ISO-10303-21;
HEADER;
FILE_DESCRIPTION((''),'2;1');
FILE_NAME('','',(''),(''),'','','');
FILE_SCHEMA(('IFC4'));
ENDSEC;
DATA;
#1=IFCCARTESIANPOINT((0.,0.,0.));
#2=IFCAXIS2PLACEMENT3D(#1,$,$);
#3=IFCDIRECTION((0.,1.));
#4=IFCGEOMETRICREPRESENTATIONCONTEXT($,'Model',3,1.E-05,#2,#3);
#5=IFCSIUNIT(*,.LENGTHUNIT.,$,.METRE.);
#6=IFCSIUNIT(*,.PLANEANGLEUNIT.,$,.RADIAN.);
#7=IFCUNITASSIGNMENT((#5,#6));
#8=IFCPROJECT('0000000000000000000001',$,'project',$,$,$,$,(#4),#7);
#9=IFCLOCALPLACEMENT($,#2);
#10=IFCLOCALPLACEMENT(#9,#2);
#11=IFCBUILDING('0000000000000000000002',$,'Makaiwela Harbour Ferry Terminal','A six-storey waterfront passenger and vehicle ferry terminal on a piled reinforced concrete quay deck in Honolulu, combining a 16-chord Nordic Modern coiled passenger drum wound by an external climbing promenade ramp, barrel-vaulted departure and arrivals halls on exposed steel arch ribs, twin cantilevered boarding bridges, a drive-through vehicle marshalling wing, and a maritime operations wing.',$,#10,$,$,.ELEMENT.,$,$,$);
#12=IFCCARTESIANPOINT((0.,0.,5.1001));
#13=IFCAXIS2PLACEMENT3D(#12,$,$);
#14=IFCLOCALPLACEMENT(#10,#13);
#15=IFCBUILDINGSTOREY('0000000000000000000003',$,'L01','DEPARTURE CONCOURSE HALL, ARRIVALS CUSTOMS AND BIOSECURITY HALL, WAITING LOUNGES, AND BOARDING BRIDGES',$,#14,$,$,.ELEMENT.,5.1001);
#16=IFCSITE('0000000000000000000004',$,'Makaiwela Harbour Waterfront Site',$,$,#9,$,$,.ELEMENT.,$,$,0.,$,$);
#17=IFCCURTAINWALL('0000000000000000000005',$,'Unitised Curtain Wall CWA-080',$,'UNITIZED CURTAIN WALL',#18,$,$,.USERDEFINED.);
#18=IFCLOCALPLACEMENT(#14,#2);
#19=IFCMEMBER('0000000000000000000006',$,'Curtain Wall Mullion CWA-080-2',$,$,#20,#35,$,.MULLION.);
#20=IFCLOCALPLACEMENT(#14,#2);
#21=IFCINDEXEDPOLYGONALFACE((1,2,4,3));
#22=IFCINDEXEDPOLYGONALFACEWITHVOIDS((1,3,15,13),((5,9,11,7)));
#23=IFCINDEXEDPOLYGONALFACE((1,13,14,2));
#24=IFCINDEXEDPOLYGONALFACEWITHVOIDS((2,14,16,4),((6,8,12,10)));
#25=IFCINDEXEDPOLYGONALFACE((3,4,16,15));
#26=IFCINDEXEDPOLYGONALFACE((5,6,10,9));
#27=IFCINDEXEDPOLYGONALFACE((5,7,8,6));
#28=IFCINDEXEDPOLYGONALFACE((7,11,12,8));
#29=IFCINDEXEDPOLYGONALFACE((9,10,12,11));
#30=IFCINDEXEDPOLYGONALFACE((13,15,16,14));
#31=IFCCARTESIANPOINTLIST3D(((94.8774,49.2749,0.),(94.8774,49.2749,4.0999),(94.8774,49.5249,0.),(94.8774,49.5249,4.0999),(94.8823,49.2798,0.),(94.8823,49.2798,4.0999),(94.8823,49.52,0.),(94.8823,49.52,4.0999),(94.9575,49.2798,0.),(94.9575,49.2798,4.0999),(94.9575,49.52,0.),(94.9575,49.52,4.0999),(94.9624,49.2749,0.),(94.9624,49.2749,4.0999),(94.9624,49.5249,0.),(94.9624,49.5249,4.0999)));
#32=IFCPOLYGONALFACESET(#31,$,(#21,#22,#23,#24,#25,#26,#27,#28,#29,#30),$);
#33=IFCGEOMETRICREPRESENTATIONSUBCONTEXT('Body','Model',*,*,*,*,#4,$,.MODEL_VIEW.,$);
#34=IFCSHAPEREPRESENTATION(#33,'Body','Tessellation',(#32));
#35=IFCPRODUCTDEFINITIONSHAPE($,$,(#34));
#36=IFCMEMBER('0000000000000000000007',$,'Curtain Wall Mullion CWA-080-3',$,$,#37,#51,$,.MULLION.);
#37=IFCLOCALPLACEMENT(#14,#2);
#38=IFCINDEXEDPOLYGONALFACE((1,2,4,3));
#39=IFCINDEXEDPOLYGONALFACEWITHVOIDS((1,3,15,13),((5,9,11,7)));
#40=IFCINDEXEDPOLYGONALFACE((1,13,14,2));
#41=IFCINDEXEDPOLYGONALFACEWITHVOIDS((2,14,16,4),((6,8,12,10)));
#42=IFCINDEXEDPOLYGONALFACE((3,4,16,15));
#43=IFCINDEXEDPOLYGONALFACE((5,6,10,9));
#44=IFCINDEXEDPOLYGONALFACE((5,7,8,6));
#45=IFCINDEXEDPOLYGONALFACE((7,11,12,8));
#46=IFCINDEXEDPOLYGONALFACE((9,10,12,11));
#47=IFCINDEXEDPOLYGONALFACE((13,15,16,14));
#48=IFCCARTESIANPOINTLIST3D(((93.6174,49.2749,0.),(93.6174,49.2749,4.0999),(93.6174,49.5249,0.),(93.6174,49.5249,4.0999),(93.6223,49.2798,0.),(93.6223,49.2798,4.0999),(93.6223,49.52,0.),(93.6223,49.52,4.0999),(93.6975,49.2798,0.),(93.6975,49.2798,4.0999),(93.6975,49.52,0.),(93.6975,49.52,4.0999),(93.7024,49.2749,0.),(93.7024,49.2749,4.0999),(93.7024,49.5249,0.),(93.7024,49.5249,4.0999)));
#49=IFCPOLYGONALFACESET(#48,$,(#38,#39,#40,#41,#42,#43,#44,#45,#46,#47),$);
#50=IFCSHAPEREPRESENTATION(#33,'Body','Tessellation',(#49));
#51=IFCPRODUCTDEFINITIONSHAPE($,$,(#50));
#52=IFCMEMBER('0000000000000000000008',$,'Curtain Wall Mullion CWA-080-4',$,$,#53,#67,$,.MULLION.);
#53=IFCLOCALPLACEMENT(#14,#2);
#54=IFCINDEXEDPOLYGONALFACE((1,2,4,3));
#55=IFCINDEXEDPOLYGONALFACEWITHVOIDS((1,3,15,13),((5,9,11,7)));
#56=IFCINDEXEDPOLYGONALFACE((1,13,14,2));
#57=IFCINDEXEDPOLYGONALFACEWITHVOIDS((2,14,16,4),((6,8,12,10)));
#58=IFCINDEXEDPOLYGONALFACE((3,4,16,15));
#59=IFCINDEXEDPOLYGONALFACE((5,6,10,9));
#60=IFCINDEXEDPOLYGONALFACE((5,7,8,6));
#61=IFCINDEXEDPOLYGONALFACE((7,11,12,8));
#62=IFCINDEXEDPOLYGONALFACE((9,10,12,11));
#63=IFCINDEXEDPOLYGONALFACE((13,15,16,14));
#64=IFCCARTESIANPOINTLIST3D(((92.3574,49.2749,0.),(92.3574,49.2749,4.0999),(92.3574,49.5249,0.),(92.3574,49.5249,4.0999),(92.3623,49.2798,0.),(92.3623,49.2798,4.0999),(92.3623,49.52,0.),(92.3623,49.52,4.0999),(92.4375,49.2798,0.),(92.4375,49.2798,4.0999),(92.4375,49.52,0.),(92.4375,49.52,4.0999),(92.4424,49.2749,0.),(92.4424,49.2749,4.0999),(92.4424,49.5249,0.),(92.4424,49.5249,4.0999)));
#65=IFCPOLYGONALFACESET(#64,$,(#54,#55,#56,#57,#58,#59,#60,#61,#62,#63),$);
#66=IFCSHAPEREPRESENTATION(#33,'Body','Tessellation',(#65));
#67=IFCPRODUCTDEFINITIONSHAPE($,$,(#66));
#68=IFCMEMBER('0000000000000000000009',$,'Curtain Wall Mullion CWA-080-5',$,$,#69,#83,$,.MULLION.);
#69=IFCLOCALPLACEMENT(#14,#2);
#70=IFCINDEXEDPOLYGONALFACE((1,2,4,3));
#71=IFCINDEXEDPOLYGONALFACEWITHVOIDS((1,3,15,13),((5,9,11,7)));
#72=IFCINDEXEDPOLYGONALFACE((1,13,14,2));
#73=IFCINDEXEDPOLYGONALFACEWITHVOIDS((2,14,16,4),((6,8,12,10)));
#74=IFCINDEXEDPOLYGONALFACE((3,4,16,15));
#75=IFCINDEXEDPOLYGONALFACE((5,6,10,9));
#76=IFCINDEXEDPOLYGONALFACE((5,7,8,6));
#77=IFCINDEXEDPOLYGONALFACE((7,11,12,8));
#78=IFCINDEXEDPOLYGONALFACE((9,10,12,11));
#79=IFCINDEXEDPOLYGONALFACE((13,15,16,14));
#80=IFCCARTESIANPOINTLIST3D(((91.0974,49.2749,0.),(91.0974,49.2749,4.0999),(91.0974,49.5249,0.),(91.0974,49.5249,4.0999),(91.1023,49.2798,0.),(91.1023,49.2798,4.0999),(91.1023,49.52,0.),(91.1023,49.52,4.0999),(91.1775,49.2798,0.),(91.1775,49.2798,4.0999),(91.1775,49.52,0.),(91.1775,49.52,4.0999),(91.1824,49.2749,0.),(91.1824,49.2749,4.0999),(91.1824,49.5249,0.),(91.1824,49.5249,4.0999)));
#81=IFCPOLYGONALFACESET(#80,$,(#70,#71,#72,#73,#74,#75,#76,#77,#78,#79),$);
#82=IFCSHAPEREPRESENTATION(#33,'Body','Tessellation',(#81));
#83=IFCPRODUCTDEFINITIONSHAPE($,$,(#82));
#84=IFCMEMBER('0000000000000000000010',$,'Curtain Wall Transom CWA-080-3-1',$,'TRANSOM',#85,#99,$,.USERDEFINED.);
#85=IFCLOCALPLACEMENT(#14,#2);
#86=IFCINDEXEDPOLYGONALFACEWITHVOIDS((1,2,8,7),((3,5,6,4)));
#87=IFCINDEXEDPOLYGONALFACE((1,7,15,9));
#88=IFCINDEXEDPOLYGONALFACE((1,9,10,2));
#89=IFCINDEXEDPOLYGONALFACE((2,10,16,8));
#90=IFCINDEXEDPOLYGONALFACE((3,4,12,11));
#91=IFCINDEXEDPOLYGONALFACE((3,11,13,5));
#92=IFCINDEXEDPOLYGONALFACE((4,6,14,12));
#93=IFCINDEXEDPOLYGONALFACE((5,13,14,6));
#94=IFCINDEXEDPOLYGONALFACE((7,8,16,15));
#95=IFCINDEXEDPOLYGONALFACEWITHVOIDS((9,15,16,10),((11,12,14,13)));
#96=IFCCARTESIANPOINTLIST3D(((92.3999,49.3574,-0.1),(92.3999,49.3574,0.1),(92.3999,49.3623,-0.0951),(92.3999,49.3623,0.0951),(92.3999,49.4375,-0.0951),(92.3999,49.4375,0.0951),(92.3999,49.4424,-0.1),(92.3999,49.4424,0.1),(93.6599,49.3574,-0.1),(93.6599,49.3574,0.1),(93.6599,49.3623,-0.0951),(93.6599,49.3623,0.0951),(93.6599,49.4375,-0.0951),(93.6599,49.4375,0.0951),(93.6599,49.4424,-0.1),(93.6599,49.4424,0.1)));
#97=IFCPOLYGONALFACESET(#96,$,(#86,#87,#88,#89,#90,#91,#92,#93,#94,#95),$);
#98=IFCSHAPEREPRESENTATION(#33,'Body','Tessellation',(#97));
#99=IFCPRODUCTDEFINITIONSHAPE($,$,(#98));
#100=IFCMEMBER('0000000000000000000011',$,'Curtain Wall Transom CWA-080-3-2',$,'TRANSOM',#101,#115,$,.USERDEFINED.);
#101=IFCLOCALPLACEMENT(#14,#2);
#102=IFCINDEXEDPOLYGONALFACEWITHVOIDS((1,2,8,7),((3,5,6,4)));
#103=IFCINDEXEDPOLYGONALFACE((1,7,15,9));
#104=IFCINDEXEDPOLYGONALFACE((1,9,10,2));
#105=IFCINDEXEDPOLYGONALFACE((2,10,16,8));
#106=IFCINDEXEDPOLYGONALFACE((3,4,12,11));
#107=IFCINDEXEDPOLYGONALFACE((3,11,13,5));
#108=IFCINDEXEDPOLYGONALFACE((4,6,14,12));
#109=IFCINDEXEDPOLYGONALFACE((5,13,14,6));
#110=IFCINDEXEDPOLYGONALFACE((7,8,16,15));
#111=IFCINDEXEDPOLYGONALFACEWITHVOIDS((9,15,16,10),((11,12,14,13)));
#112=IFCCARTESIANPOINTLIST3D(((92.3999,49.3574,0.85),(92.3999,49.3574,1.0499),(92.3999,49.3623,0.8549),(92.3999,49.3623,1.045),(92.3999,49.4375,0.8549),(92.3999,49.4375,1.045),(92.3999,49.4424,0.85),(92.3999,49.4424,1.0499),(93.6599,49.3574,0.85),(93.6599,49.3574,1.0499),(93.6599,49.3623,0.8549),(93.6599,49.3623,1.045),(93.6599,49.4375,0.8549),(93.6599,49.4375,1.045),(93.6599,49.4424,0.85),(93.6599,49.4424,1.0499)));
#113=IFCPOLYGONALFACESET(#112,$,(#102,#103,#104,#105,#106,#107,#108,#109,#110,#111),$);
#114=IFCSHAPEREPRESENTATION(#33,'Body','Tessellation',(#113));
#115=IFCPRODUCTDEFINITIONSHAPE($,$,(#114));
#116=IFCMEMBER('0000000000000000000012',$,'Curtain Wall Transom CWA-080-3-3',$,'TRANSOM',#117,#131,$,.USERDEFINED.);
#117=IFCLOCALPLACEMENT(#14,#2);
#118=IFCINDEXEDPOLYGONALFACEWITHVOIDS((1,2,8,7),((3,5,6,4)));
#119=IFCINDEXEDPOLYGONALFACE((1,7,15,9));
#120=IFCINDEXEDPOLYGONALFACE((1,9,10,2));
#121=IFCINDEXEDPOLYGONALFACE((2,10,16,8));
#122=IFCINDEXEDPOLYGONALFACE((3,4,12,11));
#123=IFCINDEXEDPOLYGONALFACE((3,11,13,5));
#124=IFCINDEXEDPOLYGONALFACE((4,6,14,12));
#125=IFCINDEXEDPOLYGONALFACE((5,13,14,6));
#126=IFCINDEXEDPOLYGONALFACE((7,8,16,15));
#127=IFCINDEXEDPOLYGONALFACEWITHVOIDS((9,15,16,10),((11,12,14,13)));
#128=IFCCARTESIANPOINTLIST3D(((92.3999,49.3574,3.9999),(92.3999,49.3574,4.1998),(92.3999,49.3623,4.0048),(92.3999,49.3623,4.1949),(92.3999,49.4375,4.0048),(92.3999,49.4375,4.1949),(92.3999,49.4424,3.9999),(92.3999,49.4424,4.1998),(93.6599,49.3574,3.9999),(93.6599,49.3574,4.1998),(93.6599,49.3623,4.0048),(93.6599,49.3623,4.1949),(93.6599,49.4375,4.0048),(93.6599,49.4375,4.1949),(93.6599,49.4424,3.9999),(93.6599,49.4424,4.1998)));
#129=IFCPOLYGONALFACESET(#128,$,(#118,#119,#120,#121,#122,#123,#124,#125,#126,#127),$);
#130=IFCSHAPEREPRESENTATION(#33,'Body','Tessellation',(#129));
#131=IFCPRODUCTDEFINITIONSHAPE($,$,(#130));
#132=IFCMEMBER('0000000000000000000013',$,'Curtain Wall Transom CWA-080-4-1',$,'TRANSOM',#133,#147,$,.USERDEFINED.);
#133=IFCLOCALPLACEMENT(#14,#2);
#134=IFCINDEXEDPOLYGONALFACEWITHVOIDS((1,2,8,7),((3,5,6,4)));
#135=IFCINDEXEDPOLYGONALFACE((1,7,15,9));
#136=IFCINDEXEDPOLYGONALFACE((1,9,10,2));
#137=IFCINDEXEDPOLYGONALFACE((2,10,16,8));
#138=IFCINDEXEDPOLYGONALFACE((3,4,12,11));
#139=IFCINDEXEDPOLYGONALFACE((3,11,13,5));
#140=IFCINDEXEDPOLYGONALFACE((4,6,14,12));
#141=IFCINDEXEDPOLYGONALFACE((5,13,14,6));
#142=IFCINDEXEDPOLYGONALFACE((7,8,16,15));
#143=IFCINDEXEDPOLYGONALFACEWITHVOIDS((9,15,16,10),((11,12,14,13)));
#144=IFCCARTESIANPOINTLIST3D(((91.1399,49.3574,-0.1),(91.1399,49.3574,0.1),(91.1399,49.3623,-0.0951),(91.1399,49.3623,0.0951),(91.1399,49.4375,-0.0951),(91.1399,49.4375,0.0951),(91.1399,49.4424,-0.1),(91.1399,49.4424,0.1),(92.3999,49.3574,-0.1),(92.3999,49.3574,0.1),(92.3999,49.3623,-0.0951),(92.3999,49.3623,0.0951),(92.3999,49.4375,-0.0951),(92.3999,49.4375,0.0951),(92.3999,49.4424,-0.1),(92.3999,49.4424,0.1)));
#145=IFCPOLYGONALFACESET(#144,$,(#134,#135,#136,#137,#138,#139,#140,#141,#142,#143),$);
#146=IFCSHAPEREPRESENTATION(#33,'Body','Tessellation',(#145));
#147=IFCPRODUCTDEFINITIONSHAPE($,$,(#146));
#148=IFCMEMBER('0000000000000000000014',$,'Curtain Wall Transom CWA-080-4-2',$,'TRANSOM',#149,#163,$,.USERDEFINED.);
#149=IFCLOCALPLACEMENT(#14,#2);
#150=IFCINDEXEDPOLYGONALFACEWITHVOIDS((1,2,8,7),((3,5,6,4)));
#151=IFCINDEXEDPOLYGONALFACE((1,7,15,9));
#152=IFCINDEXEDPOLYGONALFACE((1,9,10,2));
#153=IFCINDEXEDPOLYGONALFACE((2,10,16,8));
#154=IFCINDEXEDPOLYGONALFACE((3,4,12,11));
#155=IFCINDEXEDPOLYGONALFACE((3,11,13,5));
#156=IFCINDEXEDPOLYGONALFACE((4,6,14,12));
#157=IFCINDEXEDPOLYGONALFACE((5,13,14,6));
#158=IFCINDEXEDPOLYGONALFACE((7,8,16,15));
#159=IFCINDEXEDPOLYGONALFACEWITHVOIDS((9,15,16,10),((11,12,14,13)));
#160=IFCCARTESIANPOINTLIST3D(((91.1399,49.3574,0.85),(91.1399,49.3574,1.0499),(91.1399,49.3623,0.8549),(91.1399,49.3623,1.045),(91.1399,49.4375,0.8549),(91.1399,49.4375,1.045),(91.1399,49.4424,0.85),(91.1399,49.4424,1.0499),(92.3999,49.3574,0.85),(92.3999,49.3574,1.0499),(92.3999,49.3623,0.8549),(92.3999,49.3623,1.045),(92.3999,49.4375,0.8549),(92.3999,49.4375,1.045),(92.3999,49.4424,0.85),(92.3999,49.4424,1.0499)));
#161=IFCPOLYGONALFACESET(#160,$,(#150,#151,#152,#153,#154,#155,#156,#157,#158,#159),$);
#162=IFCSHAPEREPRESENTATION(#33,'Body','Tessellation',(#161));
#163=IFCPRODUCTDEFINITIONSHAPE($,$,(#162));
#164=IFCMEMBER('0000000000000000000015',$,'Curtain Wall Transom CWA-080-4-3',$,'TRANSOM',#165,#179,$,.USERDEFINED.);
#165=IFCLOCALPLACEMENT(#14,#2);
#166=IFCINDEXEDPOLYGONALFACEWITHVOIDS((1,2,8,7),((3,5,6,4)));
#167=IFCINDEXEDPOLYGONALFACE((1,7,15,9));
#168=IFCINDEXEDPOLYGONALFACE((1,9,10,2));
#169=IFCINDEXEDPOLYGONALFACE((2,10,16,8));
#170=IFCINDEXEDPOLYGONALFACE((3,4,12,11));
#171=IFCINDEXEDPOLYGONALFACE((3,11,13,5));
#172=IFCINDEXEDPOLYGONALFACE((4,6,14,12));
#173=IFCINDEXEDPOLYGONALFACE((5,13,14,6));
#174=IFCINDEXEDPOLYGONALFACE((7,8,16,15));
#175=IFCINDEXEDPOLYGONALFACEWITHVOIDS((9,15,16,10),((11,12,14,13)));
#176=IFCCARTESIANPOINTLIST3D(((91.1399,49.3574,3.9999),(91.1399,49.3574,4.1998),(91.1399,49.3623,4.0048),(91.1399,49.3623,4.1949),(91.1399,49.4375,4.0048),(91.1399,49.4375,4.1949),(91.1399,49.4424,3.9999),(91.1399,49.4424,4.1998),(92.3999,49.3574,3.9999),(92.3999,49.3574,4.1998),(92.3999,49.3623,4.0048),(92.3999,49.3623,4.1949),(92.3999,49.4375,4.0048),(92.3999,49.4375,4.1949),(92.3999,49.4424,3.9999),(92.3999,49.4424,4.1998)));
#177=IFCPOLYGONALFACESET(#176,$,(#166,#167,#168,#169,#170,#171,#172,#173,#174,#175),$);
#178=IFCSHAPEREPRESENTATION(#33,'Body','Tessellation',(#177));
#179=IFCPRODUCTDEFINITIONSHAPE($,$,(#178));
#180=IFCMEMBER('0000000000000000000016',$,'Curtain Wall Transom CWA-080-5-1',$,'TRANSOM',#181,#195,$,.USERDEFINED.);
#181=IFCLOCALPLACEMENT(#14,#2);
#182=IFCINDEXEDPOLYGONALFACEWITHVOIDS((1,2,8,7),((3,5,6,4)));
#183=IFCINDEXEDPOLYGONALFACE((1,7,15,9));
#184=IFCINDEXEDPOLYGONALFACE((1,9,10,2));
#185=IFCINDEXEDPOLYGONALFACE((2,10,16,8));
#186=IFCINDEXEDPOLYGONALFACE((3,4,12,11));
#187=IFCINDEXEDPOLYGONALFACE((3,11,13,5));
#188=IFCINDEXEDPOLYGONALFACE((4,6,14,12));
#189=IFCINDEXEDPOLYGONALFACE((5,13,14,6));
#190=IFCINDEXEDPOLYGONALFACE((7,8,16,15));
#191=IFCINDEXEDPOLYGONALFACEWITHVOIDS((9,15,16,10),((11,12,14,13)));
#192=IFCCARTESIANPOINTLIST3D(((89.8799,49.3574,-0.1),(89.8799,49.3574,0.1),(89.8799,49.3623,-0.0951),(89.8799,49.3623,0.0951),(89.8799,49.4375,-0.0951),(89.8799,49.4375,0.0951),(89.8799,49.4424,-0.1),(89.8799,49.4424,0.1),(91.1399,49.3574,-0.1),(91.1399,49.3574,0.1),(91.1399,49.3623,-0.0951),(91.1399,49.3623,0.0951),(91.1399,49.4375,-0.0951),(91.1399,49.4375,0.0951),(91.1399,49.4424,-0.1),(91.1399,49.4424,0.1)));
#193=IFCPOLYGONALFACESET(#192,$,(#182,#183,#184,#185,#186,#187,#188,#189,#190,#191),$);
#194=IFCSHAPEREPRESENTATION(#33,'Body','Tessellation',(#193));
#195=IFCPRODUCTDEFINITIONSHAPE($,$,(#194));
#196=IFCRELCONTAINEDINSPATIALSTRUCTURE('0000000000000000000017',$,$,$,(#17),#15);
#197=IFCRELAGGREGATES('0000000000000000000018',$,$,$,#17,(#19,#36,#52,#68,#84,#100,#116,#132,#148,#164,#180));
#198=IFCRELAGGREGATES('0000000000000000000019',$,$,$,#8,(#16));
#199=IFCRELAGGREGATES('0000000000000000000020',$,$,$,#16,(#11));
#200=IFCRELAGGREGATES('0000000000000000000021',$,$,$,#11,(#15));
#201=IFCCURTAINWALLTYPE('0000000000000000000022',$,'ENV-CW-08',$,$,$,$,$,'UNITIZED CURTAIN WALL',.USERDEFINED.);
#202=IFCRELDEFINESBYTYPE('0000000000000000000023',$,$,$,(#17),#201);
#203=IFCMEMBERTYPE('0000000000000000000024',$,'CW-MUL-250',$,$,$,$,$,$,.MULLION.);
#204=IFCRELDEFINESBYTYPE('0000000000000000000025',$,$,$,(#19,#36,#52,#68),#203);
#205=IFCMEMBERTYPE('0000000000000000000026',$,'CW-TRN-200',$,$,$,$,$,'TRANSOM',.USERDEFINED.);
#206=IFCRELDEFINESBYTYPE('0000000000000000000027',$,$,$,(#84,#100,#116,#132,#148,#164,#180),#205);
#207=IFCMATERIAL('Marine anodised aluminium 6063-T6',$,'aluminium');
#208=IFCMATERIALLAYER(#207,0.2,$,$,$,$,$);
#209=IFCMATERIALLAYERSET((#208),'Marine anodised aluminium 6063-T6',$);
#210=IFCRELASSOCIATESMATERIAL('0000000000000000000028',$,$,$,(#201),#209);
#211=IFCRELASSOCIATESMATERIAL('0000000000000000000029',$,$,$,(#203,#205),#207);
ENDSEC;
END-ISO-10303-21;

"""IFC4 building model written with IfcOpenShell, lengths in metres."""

from ifc_helpers import new_model, si_unit, direction, frame, origin, origin_2d, place, context, subcontext, project, spatial, hollow_rectangle, extrude, material, layer, layer_set, material_profile, profile_set, type_object, element, aggregate, save


model = new_model("IFC4")

# Units and contexts
model_context = context("Model", 3, precision=1e-05, world=origin(), true_north=direction((0.0, 1.0)))
body_context = subcontext(model_context, "Body", "Model", "MODEL_VIEW")
ifc_project = project(units=[si_unit("LENGTHUNIT", "METRE"), si_unit("PLANEANGLEUNIT", "RADIAN")], contexts=[model_context])

# Site, building, storey
site_placement = place(None, origin())
site = spatial("IfcSite", under=ifc_project, at=site_placement, Name="Makaiwela Harbour Waterfront Site", CompositionType="ELEMENT", RefElevation=0.0)
building_placement = place(site_placement, origin())
building = spatial("IfcBuilding", under=site, at=building_placement, Name="Makaiwela Harbour Ferry Terminal", Description="A six-storey waterfront passenger and vehicle ferry terminal on a piled reinforced concrete quay deck in Honolulu, combining a 16-chord Nordic Modern coiled passenger drum wound by an external climbing promenade ramp, barrel-vaulted departure and arrivals halls on exposed steel arch ribs, twin cantilevered boarding bridges, a drive-through vehicle marshalling wing, and a maritime operations wing.", CompositionType="ELEMENT")
storey_placement = place(building_placement, frame((0.0, 0.0, 5.1001)))
storey = spatial("IfcBuildingStorey", under=building, at=storey_placement, Name="L01", Description="DEPARTURE CONCOURSE HALL, ARRIVALS CUSTOMS AND BIOSECURITY HALL, WAITING LOUNGES, AND BOARDING BRIDGES", CompositionType="ELEMENT", Elevation=5.1001)

# Curtain wall, members
ifc_material_1 = material(Name="Marine anodised aluminium 6063-T6", Category="aluminium")
ifc_layer_1 = layer(ifc_material_1, 0.2)
ifc_layer_set_1 = layer_set([ifc_layer_1], Name="Marine anodised aluminium 6063-T6")
curtain_wall_type = type_object("IfcCurtainWallType", Name="ENV-CW-08", ElementType="UNITIZED CURTAIN WALL", PredefinedType="USERDEFINED", material=ifc_layer_set_1)
curtain_wall_placement = place(storey_placement, origin())
curtain_wall = element("IfcCurtainWall", 1, at=curtain_wall_placement, inside=storey, type_object=curtain_wall_type, Name="Unitised Curtain Wall CWA-080", ObjectType="UNITIZED CURTAIN WALL", PredefinedType="USERDEFINED")
ifc_material_profile_1 = material_profile(ifc_material_1, hollow_rectangle(XDim=0.085, YDim=0.25, WallThickness=0.0049, at=origin_2d()), Name="CWM-250X85")
ifc_profile_set_1 = profile_set([ifc_material_profile_1], Name="Marine anodised aluminium 6063-T6")
member_type_1 = type_object("IfcMemberType", Name="CW-MUL-250", PredefinedType="MULLION", material=ifc_profile_set_1)
member_1_placement = place(storey_placement, frame((94.9199, 49.3999, 0.0), z_axis=(0.0, 0.0, 1.0), x_axis=(1.0, 0.0, 0.0)))
member_1 = element("IfcMember", 2, at=member_1_placement, type_object=member_type_1, Name="Curtain Wall Mullion CWA-080-2", PredefinedType="MULLION", context=body_context, shape_type="SweptSolid", body=[
    extrude(hollow_rectangle(XDim=0.085, YDim=0.25, WallThickness=0.0049, at=origin_2d()), origin(), (0.0, 0.0, 1.0), 4.0999),
])
member_2_placement = place(storey_placement, frame((93.6599, 49.3999, 0.0), z_axis=(0.0, 0.0, 1.0), x_axis=(1.0, 0.0, 0.0)))
member_2 = element("IfcMember", 3, at=member_2_placement, type_object=member_type_1, Name="Curtain Wall Mullion CWA-080-3", PredefinedType="MULLION", context=body_context, shape_type="SweptSolid", body=[
    extrude(hollow_rectangle(XDim=0.085, YDim=0.25, WallThickness=0.0049, at=origin_2d()), origin(), (0.0, 0.0, 1.0), 4.0999),
])
member_3_placement = place(storey_placement, frame((92.3999, 49.3999, 0.0), z_axis=(0.0, 0.0, 1.0), x_axis=(1.0, 0.0, 0.0)))
member_3 = element("IfcMember", 4, at=member_3_placement, type_object=member_type_1, Name="Curtain Wall Mullion CWA-080-4", PredefinedType="MULLION", context=body_context, shape_type="SweptSolid", body=[
    extrude(hollow_rectangle(XDim=0.085, YDim=0.25, WallThickness=0.0049, at=origin_2d()), origin(), (0.0, 0.0, 1.0), 4.0999),
])
member_4_placement = place(storey_placement, frame((91.1399, 49.3999, 0.0), z_axis=(0.0, 0.0, 1.0), x_axis=(1.0, 0.0, 0.0)))
member_4 = element("IfcMember", 5, at=member_4_placement, type_object=member_type_1, Name="Curtain Wall Mullion CWA-080-5", PredefinedType="MULLION", context=body_context, shape_type="SweptSolid", body=[
    extrude(hollow_rectangle(XDim=0.085, YDim=0.25, WallThickness=0.0049, at=origin_2d()), origin(), (0.0, 0.0, 1.0), 4.0999),
])
ifc_material_profile_2 = material_profile(ifc_material_1, hollow_rectangle(XDim=0.085, YDim=0.2, WallThickness=0.0049, at=origin_2d()), Name="CWT-200X85")
ifc_profile_set_2 = profile_set([ifc_material_profile_2], Name="Marine anodised aluminium 6063-T6")
member_type_2 = type_object("IfcMemberType", Name="CW-TRN-200", ElementType="TRANSOM", PredefinedType="USERDEFINED", material=ifc_profile_set_2)
member_5_placement = place(storey_placement, frame((93.6599, 49.3999, 0.0), z_axis=(-1.0, 0.0, 0.0), x_axis=(0.0, -1.0, 0.0)))
member_5 = element("IfcMember", 6, at=member_5_placement, type_object=member_type_2, Name="Curtain Wall Transom CWA-080-3-1", ObjectType="TRANSOM", PredefinedType="USERDEFINED", context=body_context, shape_type="SweptSolid", body=[
    extrude(hollow_rectangle(XDim=0.085, YDim=0.2, WallThickness=0.0049, at=origin_2d()), origin(), (0.0, 0.0, 1.0), 1.26),
])
member_6_placement = place(storey_placement, frame((93.6599, 49.3999, 0.95), z_axis=(-1.0, 0.0, 0.0), x_axis=(0.0, -1.0, 0.0)))
member_6 = element("IfcMember", 7, at=member_6_placement, type_object=member_type_2, Name="Curtain Wall Transom CWA-080-3-2", ObjectType="TRANSOM", PredefinedType="USERDEFINED", context=body_context, shape_type="SweptSolid", body=[
    extrude(hollow_rectangle(XDim=0.085, YDim=0.2, WallThickness=0.0049, at=origin_2d()), origin(), (0.0, 0.0, 1.0), 1.26),
])
member_7_placement = place(storey_placement, frame((93.6599, 49.3999, 4.0999), z_axis=(-1.0, 0.0, 0.0), x_axis=(0.0, -1.0, 0.0)))
member_7 = element("IfcMember", 8, at=member_7_placement, type_object=member_type_2, Name="Curtain Wall Transom CWA-080-3-3", ObjectType="TRANSOM", PredefinedType="USERDEFINED", context=body_context, shape_type="SweptSolid", body=[
    extrude(hollow_rectangle(XDim=0.085, YDim=0.2, WallThickness=0.0049, at=origin_2d()), origin(), (0.0, 0.0, 1.0), 1.26),
])
member_8_placement = place(storey_placement, frame((92.3999, 49.3999, 0.0), z_axis=(-1.0, 0.0, 0.0), x_axis=(0.0, -1.0, 0.0)))
member_8 = element("IfcMember", 9, at=member_8_placement, type_object=member_type_2, Name="Curtain Wall Transom CWA-080-4-1", ObjectType="TRANSOM", PredefinedType="USERDEFINED", context=body_context, shape_type="SweptSolid", body=[
    extrude(hollow_rectangle(XDim=0.085, YDim=0.2, WallThickness=0.0049, at=origin_2d()), origin(), (0.0, 0.0, 1.0), 1.26),
])
member_9_placement = place(storey_placement, frame((92.3999, 49.3999, 0.95), z_axis=(-1.0, 0.0, 0.0), x_axis=(0.0, -1.0, 0.0)))
member_9 = element("IfcMember", 10, at=member_9_placement, type_object=member_type_2, Name="Curtain Wall Transom CWA-080-4-2", ObjectType="TRANSOM", PredefinedType="USERDEFINED", context=body_context, shape_type="SweptSolid", body=[
    extrude(hollow_rectangle(XDim=0.085, YDim=0.2, WallThickness=0.0049, at=origin_2d()), origin(), (0.0, 0.0, 1.0), 1.26),
])
member_10_placement = place(storey_placement, frame((92.3999, 49.3999, 4.0999), z_axis=(-1.0, 0.0, 0.0), x_axis=(0.0, -1.0, 0.0)))
member_10 = element("IfcMember", 11, at=member_10_placement, type_object=member_type_2, Name="Curtain Wall Transom CWA-080-4-3", ObjectType="TRANSOM", PredefinedType="USERDEFINED", context=body_context, shape_type="SweptSolid", body=[
    extrude(hollow_rectangle(XDim=0.085, YDim=0.2, WallThickness=0.0049, at=origin_2d()), origin(), (0.0, 0.0, 1.0), 1.26),
])
member_11_placement = place(storey_placement, frame((91.1399, 49.3999, 0.0), z_axis=(-1.0, 0.0, 0.0), x_axis=(0.0, -1.0, 0.0)))
member_11 = element("IfcMember", 12, at=member_11_placement, type_object=member_type_2, Name="Curtain Wall Transom CWA-080-5-1", ObjectType="TRANSOM", PredefinedType="USERDEFINED", context=body_context, shape_type="SweptSolid", body=[
    extrude(hollow_rectangle(XDim=0.085, YDim=0.2, WallThickness=0.0049, at=origin_2d()), origin(), (0.0, 0.0, 1.0), 1.26),
])
aggregate(curtain_wall, [member_1, member_2, member_3, member_4, member_5, member_6, member_7, member_8, member_9, member_10, member_11])

save(model, "model.ifc")
